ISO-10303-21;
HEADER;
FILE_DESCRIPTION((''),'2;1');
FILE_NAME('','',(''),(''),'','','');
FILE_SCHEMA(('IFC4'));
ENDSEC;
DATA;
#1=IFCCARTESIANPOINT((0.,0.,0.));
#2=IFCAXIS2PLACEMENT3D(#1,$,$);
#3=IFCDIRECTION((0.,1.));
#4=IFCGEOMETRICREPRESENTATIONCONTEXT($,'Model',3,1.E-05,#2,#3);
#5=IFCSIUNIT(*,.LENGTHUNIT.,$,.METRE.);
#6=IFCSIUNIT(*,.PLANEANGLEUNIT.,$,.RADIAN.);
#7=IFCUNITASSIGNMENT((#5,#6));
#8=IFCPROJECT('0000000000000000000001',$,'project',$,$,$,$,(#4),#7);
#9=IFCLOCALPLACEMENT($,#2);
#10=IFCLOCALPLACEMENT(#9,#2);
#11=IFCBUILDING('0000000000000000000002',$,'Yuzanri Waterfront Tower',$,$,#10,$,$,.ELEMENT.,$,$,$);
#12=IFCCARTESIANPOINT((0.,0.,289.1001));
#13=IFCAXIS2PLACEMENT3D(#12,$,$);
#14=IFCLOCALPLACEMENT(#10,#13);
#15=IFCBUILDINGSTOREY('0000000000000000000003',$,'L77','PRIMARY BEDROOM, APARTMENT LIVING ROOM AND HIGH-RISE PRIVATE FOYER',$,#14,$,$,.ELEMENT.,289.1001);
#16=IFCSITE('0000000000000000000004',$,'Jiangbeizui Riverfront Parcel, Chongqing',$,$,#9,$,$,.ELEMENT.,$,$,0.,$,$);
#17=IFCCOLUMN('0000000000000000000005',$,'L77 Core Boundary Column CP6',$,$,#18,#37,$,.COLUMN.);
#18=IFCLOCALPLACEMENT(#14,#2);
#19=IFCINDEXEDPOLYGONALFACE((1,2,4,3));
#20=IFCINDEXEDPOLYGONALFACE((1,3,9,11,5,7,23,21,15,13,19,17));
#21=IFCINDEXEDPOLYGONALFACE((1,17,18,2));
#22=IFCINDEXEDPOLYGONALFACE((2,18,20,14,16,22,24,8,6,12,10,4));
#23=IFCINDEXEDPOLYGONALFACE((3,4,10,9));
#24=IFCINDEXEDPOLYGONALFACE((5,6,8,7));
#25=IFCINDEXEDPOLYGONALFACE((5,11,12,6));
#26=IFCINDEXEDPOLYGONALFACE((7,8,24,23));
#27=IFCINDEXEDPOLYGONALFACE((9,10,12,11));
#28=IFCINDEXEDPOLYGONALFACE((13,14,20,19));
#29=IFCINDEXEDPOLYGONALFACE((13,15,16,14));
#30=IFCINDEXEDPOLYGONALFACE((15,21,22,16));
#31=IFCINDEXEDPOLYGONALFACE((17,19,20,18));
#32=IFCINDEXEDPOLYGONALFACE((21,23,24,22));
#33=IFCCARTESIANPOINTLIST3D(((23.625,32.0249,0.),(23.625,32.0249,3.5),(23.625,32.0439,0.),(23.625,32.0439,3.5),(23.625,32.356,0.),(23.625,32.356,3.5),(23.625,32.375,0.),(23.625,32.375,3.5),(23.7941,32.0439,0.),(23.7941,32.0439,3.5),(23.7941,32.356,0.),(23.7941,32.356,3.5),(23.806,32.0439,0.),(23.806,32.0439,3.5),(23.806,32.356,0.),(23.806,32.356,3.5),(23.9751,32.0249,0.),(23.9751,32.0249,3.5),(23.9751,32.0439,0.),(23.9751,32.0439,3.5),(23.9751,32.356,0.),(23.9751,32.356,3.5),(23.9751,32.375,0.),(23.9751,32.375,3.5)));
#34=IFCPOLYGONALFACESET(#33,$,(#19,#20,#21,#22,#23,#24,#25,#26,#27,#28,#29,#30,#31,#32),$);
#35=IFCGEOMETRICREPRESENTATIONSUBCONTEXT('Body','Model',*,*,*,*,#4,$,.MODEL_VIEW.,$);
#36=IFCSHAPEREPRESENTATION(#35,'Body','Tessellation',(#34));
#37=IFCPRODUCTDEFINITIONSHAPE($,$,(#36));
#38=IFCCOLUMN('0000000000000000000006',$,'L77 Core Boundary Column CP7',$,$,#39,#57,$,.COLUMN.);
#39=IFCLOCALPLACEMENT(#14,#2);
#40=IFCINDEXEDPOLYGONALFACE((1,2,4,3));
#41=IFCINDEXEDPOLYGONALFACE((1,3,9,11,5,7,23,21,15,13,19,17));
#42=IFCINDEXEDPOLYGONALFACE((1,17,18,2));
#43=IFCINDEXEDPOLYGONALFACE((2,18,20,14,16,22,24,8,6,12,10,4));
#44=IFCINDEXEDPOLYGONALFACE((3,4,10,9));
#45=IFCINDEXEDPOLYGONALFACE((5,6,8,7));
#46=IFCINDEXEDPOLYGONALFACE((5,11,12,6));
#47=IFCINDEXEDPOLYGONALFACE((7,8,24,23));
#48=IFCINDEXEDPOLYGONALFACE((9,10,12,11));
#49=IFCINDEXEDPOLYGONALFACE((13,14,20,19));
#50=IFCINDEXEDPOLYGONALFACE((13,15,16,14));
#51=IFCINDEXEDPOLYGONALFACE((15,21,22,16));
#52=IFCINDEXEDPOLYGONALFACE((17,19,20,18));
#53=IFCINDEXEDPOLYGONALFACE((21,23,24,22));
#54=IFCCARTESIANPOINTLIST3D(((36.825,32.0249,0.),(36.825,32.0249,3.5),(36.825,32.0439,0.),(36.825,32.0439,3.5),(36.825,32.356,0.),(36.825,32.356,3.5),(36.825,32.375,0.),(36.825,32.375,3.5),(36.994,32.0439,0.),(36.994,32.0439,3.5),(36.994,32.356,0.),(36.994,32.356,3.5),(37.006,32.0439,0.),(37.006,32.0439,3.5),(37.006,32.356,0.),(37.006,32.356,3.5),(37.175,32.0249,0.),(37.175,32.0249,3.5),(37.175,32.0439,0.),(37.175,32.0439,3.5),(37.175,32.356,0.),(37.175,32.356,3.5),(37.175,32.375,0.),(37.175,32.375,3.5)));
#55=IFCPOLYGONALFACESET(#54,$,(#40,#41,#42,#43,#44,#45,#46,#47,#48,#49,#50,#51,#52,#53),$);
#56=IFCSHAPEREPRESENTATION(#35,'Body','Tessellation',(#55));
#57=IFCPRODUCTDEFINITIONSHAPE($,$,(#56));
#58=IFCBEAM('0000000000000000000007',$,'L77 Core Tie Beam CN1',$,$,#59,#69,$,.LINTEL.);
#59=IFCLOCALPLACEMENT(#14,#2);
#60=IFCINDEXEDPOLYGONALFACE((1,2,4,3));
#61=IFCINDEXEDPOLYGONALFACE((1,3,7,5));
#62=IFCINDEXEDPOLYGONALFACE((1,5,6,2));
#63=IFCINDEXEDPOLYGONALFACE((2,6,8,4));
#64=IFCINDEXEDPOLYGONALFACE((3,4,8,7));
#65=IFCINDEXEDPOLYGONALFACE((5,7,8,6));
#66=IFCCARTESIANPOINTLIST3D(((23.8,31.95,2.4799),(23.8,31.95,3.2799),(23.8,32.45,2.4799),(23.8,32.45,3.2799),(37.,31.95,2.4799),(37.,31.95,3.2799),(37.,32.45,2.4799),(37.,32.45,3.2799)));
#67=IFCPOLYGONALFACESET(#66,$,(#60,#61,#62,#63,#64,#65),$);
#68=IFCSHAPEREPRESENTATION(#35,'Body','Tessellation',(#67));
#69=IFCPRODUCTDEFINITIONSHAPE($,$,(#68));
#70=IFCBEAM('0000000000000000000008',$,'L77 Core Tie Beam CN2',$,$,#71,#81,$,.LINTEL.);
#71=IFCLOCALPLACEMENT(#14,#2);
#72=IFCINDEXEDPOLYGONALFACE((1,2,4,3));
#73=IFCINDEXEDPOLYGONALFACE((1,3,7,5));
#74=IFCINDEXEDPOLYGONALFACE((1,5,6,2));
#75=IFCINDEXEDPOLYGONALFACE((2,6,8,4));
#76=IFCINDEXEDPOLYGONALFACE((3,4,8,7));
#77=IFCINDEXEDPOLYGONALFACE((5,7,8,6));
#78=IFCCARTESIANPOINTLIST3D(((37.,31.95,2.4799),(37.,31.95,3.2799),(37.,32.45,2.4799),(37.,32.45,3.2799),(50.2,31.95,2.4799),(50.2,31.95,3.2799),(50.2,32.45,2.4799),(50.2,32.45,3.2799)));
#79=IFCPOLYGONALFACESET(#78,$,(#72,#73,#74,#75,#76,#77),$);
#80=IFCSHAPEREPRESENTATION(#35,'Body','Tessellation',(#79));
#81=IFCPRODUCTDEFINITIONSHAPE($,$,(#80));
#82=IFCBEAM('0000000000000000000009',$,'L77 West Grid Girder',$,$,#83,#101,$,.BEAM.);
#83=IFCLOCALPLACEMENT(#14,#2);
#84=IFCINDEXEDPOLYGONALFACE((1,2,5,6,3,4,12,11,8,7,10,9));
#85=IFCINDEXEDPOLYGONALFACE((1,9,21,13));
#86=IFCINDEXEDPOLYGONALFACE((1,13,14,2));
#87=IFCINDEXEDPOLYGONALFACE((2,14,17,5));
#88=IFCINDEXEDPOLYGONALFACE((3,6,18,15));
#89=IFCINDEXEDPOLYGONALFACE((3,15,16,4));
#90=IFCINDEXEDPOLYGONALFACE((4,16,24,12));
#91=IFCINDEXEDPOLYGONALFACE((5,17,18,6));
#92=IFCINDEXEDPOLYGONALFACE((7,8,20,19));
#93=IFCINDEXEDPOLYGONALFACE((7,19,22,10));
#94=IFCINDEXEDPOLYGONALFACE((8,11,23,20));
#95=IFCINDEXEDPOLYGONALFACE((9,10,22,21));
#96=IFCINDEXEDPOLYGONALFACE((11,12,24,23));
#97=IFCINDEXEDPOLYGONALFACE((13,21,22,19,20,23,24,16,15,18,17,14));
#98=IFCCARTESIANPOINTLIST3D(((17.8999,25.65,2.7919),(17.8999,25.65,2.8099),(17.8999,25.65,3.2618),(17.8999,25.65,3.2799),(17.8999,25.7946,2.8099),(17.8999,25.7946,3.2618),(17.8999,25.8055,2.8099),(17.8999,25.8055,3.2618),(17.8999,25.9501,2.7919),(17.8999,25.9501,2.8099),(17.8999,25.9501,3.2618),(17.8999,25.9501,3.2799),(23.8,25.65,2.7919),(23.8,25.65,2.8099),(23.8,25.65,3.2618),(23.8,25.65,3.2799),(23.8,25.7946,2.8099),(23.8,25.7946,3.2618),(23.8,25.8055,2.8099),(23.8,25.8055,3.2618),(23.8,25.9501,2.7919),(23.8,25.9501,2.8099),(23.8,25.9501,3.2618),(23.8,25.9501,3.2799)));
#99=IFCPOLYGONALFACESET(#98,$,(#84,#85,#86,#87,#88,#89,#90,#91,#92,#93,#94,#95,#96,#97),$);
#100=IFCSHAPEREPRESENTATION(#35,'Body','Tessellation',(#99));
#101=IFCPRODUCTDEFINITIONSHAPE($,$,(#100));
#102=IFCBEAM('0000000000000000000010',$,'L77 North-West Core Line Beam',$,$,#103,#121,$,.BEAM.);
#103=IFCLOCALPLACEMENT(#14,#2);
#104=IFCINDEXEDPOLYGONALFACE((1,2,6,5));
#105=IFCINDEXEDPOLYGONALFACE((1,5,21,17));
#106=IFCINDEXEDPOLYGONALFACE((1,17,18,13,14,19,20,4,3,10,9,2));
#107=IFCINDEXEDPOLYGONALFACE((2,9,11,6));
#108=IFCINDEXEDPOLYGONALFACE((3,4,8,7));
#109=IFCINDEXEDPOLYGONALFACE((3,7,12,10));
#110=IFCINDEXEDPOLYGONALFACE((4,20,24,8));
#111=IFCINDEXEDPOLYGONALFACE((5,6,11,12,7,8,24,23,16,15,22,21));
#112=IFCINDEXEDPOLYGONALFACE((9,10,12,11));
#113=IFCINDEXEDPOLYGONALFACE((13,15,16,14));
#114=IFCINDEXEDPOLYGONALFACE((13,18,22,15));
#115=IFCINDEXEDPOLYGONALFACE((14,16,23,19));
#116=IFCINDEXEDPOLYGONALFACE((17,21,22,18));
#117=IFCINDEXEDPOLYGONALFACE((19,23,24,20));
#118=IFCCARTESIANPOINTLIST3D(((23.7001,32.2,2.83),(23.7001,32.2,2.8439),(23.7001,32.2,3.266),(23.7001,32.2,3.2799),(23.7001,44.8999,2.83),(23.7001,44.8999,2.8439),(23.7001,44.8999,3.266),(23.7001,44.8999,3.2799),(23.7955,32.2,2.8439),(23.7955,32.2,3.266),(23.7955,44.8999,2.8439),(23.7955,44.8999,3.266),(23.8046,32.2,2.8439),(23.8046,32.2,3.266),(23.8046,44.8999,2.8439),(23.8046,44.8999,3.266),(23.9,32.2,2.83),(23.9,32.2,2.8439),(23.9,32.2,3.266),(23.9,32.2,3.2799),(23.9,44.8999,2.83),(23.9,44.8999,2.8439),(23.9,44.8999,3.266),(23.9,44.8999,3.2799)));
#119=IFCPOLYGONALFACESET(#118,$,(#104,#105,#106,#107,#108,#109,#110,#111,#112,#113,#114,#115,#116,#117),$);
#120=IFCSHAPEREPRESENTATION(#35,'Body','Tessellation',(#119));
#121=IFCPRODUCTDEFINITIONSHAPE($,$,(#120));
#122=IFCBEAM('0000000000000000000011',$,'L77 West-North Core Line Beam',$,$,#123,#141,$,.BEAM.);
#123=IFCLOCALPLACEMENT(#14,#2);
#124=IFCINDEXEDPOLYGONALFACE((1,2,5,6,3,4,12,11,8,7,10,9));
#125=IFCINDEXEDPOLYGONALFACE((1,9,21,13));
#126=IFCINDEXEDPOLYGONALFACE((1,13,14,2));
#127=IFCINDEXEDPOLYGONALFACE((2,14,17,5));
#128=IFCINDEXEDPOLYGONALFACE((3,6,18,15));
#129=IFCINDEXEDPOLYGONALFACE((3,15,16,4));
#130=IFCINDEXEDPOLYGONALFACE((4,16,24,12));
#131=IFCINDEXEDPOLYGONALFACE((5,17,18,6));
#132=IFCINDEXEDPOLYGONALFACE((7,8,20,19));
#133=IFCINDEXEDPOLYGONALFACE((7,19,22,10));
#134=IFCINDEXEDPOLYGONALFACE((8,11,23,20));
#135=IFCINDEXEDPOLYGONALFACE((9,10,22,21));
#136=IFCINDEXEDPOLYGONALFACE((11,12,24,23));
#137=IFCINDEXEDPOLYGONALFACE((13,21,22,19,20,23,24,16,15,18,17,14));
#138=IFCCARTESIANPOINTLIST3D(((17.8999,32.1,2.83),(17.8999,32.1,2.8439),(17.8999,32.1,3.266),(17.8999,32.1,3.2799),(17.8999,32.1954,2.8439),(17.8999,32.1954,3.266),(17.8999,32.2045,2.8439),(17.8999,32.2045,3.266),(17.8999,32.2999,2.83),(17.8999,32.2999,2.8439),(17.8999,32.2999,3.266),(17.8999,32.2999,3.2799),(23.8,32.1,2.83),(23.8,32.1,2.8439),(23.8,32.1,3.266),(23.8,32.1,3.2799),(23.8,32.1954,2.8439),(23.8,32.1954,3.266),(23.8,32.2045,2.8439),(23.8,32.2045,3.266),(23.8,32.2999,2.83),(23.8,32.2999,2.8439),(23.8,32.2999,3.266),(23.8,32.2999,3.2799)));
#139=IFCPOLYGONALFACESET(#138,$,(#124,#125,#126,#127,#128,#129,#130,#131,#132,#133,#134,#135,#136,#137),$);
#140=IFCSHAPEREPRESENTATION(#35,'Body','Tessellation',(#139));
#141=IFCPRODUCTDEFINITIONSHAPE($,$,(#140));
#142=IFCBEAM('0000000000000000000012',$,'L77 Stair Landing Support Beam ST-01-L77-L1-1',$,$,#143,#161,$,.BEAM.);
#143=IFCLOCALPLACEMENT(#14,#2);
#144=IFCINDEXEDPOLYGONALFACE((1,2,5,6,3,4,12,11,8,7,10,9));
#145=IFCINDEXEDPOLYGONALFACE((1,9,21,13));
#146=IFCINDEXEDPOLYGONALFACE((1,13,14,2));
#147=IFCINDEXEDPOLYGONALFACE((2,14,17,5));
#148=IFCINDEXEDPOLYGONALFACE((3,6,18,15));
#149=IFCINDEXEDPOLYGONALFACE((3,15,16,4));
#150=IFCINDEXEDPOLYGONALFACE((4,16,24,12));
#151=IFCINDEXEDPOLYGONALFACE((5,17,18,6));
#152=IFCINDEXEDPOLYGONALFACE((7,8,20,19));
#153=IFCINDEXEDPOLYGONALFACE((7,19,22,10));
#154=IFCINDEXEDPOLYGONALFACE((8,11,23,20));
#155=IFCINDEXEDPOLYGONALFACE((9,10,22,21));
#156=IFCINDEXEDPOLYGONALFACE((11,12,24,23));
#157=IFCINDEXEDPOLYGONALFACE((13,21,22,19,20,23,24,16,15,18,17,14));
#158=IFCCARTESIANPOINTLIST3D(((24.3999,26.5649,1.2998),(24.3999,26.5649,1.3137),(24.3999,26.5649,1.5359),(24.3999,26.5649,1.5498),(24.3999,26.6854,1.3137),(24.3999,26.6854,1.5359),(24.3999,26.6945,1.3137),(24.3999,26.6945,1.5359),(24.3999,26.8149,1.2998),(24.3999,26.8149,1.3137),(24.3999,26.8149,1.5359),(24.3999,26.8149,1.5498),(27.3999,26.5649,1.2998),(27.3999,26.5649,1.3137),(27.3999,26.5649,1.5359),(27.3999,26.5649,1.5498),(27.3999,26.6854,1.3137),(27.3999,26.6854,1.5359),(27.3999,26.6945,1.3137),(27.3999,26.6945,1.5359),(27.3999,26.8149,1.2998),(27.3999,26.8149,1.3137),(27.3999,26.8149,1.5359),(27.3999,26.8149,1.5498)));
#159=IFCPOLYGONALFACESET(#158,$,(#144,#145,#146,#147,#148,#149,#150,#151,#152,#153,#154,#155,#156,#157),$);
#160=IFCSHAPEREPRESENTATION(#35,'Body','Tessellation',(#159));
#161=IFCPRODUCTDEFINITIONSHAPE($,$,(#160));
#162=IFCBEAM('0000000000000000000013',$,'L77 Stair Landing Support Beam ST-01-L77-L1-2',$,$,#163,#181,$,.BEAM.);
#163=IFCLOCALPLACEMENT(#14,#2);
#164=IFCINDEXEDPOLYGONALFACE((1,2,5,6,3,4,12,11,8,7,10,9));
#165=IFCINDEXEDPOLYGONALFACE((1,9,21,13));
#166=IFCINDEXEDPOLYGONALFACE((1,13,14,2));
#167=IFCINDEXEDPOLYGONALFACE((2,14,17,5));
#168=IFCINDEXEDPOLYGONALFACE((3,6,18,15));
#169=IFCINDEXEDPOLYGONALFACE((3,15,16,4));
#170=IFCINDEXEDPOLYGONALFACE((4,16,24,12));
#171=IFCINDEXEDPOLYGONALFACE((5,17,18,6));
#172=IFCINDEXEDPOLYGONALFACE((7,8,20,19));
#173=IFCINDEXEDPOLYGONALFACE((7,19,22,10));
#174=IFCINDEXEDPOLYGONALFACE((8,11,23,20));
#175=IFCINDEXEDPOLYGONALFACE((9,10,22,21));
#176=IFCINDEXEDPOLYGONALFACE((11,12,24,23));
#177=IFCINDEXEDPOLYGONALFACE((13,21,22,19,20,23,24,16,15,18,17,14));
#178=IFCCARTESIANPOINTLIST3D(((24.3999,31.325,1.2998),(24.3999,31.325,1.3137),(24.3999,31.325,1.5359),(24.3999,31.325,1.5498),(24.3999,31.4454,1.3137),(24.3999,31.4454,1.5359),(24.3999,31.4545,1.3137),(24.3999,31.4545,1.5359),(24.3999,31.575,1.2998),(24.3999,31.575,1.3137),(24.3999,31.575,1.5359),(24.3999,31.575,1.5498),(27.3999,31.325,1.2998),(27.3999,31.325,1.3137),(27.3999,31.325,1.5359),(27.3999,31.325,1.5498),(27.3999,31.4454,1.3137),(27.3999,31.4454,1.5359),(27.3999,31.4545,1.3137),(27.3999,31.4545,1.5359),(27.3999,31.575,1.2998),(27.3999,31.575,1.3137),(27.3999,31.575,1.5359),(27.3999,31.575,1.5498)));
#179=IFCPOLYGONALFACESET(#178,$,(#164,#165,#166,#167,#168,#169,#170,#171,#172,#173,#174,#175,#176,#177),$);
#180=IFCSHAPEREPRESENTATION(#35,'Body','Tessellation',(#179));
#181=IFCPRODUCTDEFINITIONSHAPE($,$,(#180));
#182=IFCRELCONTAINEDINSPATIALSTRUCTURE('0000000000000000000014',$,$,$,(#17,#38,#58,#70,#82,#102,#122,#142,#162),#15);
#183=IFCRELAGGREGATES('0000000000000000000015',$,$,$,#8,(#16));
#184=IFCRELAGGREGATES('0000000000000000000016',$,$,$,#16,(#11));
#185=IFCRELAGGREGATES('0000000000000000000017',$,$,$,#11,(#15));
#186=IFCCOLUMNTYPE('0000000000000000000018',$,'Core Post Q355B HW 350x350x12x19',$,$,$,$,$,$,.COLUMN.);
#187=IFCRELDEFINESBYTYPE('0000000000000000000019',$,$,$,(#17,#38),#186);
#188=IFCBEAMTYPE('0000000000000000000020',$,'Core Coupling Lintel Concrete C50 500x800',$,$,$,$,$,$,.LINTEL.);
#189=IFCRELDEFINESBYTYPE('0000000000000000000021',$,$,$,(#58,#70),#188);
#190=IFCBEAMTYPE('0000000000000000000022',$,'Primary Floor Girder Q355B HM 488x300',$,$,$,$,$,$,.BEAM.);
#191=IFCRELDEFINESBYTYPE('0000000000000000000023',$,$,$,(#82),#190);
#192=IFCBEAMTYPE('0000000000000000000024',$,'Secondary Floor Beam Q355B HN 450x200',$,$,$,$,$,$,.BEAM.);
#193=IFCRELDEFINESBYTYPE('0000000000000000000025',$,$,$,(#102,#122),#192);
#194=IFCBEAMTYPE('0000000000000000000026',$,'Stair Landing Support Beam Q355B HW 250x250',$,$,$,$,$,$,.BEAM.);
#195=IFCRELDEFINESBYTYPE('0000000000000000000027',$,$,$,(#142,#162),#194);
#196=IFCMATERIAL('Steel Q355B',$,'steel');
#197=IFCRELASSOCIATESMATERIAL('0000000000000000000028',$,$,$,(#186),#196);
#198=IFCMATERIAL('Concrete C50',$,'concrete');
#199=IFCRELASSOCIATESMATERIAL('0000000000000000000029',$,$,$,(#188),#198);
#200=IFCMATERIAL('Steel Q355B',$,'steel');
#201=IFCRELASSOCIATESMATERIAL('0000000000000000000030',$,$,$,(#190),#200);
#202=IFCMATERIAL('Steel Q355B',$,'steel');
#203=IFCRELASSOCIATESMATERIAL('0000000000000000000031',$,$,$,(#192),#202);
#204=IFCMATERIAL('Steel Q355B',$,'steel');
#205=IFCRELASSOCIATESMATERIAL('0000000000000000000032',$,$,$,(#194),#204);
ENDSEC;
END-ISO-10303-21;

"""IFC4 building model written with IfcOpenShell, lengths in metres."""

from ifc_helpers import new_model, si_unit, direction, frame, origin, origin_2d, place, context, subcontext, project, spatial, rectangle, i_section, extrude, source, transform, mapped, material, material_profile, profile_set, type_object, element, save


model = new_model("IFC4")

# Units and contexts
model_context = context("Model", 3, precision=1e-05, world=origin(), true_north=direction((0.0, 1.0)))
body_context = subcontext(model_context, "Body", "Model", "MODEL_VIEW")
ifc_project = project(units=[si_unit("LENGTHUNIT", "METRE"), si_unit("PLANEANGLEUNIT", "RADIAN")], contexts=[model_context])

# Site, building, storey
site_placement = place(None, origin())
site = spatial("IfcSite", under=ifc_project, at=site_placement, Name="Jiangbeizui Riverfront Parcel, Chongqing", CompositionType="ELEMENT", RefElevation=0.0)
building_placement = place(site_placement, origin())
building = spatial("IfcBuilding", under=site, at=building_placement, Name="Yuzanri Waterfront Tower", CompositionType="ELEMENT")
storey_placement = place(building_placement, frame((0.0, 0.0, 289.1001)))
storey = spatial("IfcBuildingStorey", under=building, at=storey_placement, Name="L77", Description="PRIMARY BEDROOM, APARTMENT LIVING ROOM AND HIGH-RISE PRIVATE FOYER", CompositionType="ELEMENT", Elevation=289.1001)

# Columns
ifc_material_1 = material(Name="Steel Q355B", Category="steel")
ifc_material_profile_1 = material_profile(ifc_material_1, i_section(OverallWidth=0.3501, OverallDepth=0.3501, WebThickness=0.012, FlangeThickness=0.019, at=origin_2d()), Name="HW 350x350x12x19")
ifc_profile_set_1 = profile_set([ifc_material_profile_1], Name="Steel Q355B")
column_type = type_object("IfcColumnType", Name="Core Post Q355B HW 350x350x12x19", PredefinedType="COLUMN", material=ifc_profile_set_1)
shared_shape_1 = source(origin(), body_context, "Body", "SweptSolid", [
    extrude(i_section(OverallWidth=0.3501, OverallDepth=0.3501, WebThickness=0.012, FlangeThickness=0.019, at=origin_2d()), origin(), (0.0, 0.0, 1.0), 3.5),
])
for number, where, z_axis, x_axis, name in (
    (1, (23.8, 32.2, 0.0), (0.0, 0.0, 1.0), (1.0, 0.0, 0.0), "L77 Core Boundary Column CP6"),
    (2, (37.0, 32.2, 0.0), (0.0, 0.0, 1.0), (1.0, 0.0, 0.0), "L77 Core Boundary Column CP7"),
):
    element("IfcColumn", number, at=place(storey_placement, frame(where, z_axis=z_axis, x_axis=x_axis)), inside=storey, type_object=column_type, Name=name, PredefinedType="COLUMN", context=body_context, shape_type="MappedRepresentation", body=[
        mapped(shared_shape_1, transform((0.0, 0.0, 0.0), scale=1.0)),
    ])

# Beams
ifc_material_2 = material(Name="Concrete C50", Category="concrete")
ifc_material_profile_2 = material_profile(ifc_material_2, rectangle(XDim=0.5, YDim=0.8, at=origin_2d()), Name="RC 500x800")
ifc_profile_set_2 = profile_set([ifc_material_profile_2], Name="Concrete C50")
beam_type_1 = type_object("IfcBeamType", Name="Core Coupling Lintel Concrete C50 500x800", PredefinedType="LINTEL", material=ifc_profile_set_2)
shared_shape_2 = source(origin(), body_context, "Body", "SweptSolid", [
    extrude(rectangle(XDim=0.5, YDim=0.8, at=origin_2d()), origin(), (0.0, 0.0, 1.0), 13.2),
])
for number, where, z_axis, x_axis, name in (
    (3, (23.8, 32.2, 2.8799), (1.0, 0.0, 0.0), (0.0, 1.0, 0.0), "L77 Core Tie Beam CN1"),
    (4, (37.0, 32.2, 2.8799), (1.0, 0.0, 0.0), (0.0, 1.0, 0.0), "L77 Core Tie Beam CN2"),
):
    element("IfcBeam", number, at=place(storey_placement, frame(where, z_axis=z_axis, x_axis=x_axis)), inside=storey, type_object=beam_type_1, Name=name, PredefinedType="LINTEL", context=body_context, shape_type="MappedRepresentation", body=[
        mapped(shared_shape_2, transform((0.0, 0.0, 0.0), scale=1.0)),
    ])
ifc_material_3 = material(Name="Steel Q355B", Category="steel")
ifc_material_profile_3 = material_profile(ifc_material_3, i_section(OverallWidth=0.3, OverallDepth=0.488, WebThickness=0.011, FlangeThickness=0.0181, at=origin_2d()), Name="HM 488x300x11x18")
ifc_profile_set_3 = profile_set([ifc_material_profile_3], Name="Steel Q355B")
beam_type_2 = type_object("IfcBeamType", Name="Primary Floor Girder Q355B HM 488x300", PredefinedType="BEAM", material=ifc_profile_set_3)
shared_shape_3 = source(origin(), body_context, "Body", "SweptSolid", [
    extrude(i_section(OverallWidth=0.3, OverallDepth=0.488, WebThickness=0.011, FlangeThickness=0.0181, at=origin_2d()), origin(), (0.0, 0.0, 1.0), 5.9001),
])
beam_1_placement = place(storey_placement, frame((23.8, 25.8, 3.0359), z_axis=(-1.0, 0.0, 0.0), x_axis=(0.0, -1.0, 0.0)))
element("IfcBeam", 5, at=beam_1_placement, inside=storey, type_object=beam_type_2, Name="L77 West Grid Girder", PredefinedType="BEAM", context=body_context, shape_type="MappedRepresentation", body=[
    mapped(shared_shape_3, transform((0.0, 0.0, 0.0), scale=1.0)),
])
ifc_material_4 = material(Name="Steel Q355B", Category="steel")
ifc_material_profile_4 = material_profile(ifc_material_4, i_section(OverallWidth=0.2, OverallDepth=0.45, WebThickness=0.009, FlangeThickness=0.0139, at=origin_2d()), Name="HN 450x200x9x14")
ifc_profile_set_4 = profile_set([ifc_material_profile_4], Name="Steel Q355B")
beam_type_3 = type_object("IfcBeamType", Name="Secondary Floor Beam Q355B HN 450x200", PredefinedType="BEAM", material=ifc_profile_set_4)
shared_shape_4 = source(origin(), body_context, "Body", "SweptSolid", [
    extrude(i_section(OverallWidth=0.2, OverallDepth=0.45, WebThickness=0.009, FlangeThickness=0.0139, at=origin_2d()), origin(), (0.0, 0.0, 1.0), 12.7),
])
beam_2_placement = place(storey_placement, frame((23.8, 32.2, 3.0549), z_axis=(0.0, 1.0, 0.0), x_axis=(-1.0, 0.0, 0.0)))
element("IfcBeam", 6, at=beam_2_placement, inside=storey, type_object=beam_type_3, Name="L77 North-West Core Line Beam", PredefinedType="BEAM", context=body_context, shape_type="MappedRepresentation", body=[
    mapped(shared_shape_4, transform((0.0, 0.0, 0.0), scale=1.0)),
])
shared_shape_5 = source(origin(), body_context, "Body", "SweptSolid", [
    extrude(i_section(OverallWidth=0.2, OverallDepth=0.45, WebThickness=0.009, FlangeThickness=0.0139, at=origin_2d()), origin(), (0.0, 0.0, 1.0), 5.9001),
])
beam_3_placement = place(storey_placement, frame((23.8, 32.2, 3.0549), z_axis=(-1.0, 0.0, 0.0), x_axis=(0.0, -1.0, 0.0)))
element("IfcBeam", 7, at=beam_3_placement, inside=storey, type_object=beam_type_3, Name="L77 West-North Core Line Beam", PredefinedType="BEAM", context=body_context, shape_type="MappedRepresentation", body=[
    mapped(shared_shape_5, transform((0.0, 0.0, 0.0), scale=1.0)),
])
ifc_material_5 = material(Name="Steel Q355B", Category="steel")
ifc_material_profile_5 = material_profile(ifc_material_5, i_section(OverallWidth=0.25, OverallDepth=0.25, WebThickness=0.009, FlangeThickness=0.0139, at=origin_2d()), Name="HW 250x250x9x14")
ifc_profile_set_5 = profile_set([ifc_material_profile_5], Name="Steel Q355B")
beam_type_4 = type_object("IfcBeamType", Name="Stair Landing Support Beam Q355B HW 250x250", PredefinedType="BEAM", material=ifc_profile_set_5)
shared_shape_6 = source(origin(), body_context, "Body", "SweptSolid", [
    extrude(i_section(OverallWidth=0.25, OverallDepth=0.25, WebThickness=0.009, FlangeThickness=0.0139, at=origin_2d()), origin(), (0.0, 0.0, 1.0), 3.0),
])
for number, where, z_axis, x_axis, name in (
    (8, (24.3999, 26.6899, 1.4248), (1.0, 0.0, 0.0), (0.0, 1.0, 0.0), "L77 Stair Landing Support Beam ST-01-L77-L1-1"),
    (9, (24.3999, 31.45, 1.4248), (1.0, 0.0, 0.0), (0.0, 1.0, 0.0), "L77 Stair Landing Support Beam ST-01-L77-L1-2"),
):
    element("IfcBeam", number, at=place(storey_placement, frame(where, z_axis=z_axis, x_axis=x_axis)), inside=storey, type_object=beam_type_4, Name=name, PredefinedType="BEAM", context=body_context, shape_type="MappedRepresentation", body=[
        mapped(shared_shape_6, transform((0.0, 0.0, 0.0), scale=1.0)),
    ])

save(model, "model.ifc")
